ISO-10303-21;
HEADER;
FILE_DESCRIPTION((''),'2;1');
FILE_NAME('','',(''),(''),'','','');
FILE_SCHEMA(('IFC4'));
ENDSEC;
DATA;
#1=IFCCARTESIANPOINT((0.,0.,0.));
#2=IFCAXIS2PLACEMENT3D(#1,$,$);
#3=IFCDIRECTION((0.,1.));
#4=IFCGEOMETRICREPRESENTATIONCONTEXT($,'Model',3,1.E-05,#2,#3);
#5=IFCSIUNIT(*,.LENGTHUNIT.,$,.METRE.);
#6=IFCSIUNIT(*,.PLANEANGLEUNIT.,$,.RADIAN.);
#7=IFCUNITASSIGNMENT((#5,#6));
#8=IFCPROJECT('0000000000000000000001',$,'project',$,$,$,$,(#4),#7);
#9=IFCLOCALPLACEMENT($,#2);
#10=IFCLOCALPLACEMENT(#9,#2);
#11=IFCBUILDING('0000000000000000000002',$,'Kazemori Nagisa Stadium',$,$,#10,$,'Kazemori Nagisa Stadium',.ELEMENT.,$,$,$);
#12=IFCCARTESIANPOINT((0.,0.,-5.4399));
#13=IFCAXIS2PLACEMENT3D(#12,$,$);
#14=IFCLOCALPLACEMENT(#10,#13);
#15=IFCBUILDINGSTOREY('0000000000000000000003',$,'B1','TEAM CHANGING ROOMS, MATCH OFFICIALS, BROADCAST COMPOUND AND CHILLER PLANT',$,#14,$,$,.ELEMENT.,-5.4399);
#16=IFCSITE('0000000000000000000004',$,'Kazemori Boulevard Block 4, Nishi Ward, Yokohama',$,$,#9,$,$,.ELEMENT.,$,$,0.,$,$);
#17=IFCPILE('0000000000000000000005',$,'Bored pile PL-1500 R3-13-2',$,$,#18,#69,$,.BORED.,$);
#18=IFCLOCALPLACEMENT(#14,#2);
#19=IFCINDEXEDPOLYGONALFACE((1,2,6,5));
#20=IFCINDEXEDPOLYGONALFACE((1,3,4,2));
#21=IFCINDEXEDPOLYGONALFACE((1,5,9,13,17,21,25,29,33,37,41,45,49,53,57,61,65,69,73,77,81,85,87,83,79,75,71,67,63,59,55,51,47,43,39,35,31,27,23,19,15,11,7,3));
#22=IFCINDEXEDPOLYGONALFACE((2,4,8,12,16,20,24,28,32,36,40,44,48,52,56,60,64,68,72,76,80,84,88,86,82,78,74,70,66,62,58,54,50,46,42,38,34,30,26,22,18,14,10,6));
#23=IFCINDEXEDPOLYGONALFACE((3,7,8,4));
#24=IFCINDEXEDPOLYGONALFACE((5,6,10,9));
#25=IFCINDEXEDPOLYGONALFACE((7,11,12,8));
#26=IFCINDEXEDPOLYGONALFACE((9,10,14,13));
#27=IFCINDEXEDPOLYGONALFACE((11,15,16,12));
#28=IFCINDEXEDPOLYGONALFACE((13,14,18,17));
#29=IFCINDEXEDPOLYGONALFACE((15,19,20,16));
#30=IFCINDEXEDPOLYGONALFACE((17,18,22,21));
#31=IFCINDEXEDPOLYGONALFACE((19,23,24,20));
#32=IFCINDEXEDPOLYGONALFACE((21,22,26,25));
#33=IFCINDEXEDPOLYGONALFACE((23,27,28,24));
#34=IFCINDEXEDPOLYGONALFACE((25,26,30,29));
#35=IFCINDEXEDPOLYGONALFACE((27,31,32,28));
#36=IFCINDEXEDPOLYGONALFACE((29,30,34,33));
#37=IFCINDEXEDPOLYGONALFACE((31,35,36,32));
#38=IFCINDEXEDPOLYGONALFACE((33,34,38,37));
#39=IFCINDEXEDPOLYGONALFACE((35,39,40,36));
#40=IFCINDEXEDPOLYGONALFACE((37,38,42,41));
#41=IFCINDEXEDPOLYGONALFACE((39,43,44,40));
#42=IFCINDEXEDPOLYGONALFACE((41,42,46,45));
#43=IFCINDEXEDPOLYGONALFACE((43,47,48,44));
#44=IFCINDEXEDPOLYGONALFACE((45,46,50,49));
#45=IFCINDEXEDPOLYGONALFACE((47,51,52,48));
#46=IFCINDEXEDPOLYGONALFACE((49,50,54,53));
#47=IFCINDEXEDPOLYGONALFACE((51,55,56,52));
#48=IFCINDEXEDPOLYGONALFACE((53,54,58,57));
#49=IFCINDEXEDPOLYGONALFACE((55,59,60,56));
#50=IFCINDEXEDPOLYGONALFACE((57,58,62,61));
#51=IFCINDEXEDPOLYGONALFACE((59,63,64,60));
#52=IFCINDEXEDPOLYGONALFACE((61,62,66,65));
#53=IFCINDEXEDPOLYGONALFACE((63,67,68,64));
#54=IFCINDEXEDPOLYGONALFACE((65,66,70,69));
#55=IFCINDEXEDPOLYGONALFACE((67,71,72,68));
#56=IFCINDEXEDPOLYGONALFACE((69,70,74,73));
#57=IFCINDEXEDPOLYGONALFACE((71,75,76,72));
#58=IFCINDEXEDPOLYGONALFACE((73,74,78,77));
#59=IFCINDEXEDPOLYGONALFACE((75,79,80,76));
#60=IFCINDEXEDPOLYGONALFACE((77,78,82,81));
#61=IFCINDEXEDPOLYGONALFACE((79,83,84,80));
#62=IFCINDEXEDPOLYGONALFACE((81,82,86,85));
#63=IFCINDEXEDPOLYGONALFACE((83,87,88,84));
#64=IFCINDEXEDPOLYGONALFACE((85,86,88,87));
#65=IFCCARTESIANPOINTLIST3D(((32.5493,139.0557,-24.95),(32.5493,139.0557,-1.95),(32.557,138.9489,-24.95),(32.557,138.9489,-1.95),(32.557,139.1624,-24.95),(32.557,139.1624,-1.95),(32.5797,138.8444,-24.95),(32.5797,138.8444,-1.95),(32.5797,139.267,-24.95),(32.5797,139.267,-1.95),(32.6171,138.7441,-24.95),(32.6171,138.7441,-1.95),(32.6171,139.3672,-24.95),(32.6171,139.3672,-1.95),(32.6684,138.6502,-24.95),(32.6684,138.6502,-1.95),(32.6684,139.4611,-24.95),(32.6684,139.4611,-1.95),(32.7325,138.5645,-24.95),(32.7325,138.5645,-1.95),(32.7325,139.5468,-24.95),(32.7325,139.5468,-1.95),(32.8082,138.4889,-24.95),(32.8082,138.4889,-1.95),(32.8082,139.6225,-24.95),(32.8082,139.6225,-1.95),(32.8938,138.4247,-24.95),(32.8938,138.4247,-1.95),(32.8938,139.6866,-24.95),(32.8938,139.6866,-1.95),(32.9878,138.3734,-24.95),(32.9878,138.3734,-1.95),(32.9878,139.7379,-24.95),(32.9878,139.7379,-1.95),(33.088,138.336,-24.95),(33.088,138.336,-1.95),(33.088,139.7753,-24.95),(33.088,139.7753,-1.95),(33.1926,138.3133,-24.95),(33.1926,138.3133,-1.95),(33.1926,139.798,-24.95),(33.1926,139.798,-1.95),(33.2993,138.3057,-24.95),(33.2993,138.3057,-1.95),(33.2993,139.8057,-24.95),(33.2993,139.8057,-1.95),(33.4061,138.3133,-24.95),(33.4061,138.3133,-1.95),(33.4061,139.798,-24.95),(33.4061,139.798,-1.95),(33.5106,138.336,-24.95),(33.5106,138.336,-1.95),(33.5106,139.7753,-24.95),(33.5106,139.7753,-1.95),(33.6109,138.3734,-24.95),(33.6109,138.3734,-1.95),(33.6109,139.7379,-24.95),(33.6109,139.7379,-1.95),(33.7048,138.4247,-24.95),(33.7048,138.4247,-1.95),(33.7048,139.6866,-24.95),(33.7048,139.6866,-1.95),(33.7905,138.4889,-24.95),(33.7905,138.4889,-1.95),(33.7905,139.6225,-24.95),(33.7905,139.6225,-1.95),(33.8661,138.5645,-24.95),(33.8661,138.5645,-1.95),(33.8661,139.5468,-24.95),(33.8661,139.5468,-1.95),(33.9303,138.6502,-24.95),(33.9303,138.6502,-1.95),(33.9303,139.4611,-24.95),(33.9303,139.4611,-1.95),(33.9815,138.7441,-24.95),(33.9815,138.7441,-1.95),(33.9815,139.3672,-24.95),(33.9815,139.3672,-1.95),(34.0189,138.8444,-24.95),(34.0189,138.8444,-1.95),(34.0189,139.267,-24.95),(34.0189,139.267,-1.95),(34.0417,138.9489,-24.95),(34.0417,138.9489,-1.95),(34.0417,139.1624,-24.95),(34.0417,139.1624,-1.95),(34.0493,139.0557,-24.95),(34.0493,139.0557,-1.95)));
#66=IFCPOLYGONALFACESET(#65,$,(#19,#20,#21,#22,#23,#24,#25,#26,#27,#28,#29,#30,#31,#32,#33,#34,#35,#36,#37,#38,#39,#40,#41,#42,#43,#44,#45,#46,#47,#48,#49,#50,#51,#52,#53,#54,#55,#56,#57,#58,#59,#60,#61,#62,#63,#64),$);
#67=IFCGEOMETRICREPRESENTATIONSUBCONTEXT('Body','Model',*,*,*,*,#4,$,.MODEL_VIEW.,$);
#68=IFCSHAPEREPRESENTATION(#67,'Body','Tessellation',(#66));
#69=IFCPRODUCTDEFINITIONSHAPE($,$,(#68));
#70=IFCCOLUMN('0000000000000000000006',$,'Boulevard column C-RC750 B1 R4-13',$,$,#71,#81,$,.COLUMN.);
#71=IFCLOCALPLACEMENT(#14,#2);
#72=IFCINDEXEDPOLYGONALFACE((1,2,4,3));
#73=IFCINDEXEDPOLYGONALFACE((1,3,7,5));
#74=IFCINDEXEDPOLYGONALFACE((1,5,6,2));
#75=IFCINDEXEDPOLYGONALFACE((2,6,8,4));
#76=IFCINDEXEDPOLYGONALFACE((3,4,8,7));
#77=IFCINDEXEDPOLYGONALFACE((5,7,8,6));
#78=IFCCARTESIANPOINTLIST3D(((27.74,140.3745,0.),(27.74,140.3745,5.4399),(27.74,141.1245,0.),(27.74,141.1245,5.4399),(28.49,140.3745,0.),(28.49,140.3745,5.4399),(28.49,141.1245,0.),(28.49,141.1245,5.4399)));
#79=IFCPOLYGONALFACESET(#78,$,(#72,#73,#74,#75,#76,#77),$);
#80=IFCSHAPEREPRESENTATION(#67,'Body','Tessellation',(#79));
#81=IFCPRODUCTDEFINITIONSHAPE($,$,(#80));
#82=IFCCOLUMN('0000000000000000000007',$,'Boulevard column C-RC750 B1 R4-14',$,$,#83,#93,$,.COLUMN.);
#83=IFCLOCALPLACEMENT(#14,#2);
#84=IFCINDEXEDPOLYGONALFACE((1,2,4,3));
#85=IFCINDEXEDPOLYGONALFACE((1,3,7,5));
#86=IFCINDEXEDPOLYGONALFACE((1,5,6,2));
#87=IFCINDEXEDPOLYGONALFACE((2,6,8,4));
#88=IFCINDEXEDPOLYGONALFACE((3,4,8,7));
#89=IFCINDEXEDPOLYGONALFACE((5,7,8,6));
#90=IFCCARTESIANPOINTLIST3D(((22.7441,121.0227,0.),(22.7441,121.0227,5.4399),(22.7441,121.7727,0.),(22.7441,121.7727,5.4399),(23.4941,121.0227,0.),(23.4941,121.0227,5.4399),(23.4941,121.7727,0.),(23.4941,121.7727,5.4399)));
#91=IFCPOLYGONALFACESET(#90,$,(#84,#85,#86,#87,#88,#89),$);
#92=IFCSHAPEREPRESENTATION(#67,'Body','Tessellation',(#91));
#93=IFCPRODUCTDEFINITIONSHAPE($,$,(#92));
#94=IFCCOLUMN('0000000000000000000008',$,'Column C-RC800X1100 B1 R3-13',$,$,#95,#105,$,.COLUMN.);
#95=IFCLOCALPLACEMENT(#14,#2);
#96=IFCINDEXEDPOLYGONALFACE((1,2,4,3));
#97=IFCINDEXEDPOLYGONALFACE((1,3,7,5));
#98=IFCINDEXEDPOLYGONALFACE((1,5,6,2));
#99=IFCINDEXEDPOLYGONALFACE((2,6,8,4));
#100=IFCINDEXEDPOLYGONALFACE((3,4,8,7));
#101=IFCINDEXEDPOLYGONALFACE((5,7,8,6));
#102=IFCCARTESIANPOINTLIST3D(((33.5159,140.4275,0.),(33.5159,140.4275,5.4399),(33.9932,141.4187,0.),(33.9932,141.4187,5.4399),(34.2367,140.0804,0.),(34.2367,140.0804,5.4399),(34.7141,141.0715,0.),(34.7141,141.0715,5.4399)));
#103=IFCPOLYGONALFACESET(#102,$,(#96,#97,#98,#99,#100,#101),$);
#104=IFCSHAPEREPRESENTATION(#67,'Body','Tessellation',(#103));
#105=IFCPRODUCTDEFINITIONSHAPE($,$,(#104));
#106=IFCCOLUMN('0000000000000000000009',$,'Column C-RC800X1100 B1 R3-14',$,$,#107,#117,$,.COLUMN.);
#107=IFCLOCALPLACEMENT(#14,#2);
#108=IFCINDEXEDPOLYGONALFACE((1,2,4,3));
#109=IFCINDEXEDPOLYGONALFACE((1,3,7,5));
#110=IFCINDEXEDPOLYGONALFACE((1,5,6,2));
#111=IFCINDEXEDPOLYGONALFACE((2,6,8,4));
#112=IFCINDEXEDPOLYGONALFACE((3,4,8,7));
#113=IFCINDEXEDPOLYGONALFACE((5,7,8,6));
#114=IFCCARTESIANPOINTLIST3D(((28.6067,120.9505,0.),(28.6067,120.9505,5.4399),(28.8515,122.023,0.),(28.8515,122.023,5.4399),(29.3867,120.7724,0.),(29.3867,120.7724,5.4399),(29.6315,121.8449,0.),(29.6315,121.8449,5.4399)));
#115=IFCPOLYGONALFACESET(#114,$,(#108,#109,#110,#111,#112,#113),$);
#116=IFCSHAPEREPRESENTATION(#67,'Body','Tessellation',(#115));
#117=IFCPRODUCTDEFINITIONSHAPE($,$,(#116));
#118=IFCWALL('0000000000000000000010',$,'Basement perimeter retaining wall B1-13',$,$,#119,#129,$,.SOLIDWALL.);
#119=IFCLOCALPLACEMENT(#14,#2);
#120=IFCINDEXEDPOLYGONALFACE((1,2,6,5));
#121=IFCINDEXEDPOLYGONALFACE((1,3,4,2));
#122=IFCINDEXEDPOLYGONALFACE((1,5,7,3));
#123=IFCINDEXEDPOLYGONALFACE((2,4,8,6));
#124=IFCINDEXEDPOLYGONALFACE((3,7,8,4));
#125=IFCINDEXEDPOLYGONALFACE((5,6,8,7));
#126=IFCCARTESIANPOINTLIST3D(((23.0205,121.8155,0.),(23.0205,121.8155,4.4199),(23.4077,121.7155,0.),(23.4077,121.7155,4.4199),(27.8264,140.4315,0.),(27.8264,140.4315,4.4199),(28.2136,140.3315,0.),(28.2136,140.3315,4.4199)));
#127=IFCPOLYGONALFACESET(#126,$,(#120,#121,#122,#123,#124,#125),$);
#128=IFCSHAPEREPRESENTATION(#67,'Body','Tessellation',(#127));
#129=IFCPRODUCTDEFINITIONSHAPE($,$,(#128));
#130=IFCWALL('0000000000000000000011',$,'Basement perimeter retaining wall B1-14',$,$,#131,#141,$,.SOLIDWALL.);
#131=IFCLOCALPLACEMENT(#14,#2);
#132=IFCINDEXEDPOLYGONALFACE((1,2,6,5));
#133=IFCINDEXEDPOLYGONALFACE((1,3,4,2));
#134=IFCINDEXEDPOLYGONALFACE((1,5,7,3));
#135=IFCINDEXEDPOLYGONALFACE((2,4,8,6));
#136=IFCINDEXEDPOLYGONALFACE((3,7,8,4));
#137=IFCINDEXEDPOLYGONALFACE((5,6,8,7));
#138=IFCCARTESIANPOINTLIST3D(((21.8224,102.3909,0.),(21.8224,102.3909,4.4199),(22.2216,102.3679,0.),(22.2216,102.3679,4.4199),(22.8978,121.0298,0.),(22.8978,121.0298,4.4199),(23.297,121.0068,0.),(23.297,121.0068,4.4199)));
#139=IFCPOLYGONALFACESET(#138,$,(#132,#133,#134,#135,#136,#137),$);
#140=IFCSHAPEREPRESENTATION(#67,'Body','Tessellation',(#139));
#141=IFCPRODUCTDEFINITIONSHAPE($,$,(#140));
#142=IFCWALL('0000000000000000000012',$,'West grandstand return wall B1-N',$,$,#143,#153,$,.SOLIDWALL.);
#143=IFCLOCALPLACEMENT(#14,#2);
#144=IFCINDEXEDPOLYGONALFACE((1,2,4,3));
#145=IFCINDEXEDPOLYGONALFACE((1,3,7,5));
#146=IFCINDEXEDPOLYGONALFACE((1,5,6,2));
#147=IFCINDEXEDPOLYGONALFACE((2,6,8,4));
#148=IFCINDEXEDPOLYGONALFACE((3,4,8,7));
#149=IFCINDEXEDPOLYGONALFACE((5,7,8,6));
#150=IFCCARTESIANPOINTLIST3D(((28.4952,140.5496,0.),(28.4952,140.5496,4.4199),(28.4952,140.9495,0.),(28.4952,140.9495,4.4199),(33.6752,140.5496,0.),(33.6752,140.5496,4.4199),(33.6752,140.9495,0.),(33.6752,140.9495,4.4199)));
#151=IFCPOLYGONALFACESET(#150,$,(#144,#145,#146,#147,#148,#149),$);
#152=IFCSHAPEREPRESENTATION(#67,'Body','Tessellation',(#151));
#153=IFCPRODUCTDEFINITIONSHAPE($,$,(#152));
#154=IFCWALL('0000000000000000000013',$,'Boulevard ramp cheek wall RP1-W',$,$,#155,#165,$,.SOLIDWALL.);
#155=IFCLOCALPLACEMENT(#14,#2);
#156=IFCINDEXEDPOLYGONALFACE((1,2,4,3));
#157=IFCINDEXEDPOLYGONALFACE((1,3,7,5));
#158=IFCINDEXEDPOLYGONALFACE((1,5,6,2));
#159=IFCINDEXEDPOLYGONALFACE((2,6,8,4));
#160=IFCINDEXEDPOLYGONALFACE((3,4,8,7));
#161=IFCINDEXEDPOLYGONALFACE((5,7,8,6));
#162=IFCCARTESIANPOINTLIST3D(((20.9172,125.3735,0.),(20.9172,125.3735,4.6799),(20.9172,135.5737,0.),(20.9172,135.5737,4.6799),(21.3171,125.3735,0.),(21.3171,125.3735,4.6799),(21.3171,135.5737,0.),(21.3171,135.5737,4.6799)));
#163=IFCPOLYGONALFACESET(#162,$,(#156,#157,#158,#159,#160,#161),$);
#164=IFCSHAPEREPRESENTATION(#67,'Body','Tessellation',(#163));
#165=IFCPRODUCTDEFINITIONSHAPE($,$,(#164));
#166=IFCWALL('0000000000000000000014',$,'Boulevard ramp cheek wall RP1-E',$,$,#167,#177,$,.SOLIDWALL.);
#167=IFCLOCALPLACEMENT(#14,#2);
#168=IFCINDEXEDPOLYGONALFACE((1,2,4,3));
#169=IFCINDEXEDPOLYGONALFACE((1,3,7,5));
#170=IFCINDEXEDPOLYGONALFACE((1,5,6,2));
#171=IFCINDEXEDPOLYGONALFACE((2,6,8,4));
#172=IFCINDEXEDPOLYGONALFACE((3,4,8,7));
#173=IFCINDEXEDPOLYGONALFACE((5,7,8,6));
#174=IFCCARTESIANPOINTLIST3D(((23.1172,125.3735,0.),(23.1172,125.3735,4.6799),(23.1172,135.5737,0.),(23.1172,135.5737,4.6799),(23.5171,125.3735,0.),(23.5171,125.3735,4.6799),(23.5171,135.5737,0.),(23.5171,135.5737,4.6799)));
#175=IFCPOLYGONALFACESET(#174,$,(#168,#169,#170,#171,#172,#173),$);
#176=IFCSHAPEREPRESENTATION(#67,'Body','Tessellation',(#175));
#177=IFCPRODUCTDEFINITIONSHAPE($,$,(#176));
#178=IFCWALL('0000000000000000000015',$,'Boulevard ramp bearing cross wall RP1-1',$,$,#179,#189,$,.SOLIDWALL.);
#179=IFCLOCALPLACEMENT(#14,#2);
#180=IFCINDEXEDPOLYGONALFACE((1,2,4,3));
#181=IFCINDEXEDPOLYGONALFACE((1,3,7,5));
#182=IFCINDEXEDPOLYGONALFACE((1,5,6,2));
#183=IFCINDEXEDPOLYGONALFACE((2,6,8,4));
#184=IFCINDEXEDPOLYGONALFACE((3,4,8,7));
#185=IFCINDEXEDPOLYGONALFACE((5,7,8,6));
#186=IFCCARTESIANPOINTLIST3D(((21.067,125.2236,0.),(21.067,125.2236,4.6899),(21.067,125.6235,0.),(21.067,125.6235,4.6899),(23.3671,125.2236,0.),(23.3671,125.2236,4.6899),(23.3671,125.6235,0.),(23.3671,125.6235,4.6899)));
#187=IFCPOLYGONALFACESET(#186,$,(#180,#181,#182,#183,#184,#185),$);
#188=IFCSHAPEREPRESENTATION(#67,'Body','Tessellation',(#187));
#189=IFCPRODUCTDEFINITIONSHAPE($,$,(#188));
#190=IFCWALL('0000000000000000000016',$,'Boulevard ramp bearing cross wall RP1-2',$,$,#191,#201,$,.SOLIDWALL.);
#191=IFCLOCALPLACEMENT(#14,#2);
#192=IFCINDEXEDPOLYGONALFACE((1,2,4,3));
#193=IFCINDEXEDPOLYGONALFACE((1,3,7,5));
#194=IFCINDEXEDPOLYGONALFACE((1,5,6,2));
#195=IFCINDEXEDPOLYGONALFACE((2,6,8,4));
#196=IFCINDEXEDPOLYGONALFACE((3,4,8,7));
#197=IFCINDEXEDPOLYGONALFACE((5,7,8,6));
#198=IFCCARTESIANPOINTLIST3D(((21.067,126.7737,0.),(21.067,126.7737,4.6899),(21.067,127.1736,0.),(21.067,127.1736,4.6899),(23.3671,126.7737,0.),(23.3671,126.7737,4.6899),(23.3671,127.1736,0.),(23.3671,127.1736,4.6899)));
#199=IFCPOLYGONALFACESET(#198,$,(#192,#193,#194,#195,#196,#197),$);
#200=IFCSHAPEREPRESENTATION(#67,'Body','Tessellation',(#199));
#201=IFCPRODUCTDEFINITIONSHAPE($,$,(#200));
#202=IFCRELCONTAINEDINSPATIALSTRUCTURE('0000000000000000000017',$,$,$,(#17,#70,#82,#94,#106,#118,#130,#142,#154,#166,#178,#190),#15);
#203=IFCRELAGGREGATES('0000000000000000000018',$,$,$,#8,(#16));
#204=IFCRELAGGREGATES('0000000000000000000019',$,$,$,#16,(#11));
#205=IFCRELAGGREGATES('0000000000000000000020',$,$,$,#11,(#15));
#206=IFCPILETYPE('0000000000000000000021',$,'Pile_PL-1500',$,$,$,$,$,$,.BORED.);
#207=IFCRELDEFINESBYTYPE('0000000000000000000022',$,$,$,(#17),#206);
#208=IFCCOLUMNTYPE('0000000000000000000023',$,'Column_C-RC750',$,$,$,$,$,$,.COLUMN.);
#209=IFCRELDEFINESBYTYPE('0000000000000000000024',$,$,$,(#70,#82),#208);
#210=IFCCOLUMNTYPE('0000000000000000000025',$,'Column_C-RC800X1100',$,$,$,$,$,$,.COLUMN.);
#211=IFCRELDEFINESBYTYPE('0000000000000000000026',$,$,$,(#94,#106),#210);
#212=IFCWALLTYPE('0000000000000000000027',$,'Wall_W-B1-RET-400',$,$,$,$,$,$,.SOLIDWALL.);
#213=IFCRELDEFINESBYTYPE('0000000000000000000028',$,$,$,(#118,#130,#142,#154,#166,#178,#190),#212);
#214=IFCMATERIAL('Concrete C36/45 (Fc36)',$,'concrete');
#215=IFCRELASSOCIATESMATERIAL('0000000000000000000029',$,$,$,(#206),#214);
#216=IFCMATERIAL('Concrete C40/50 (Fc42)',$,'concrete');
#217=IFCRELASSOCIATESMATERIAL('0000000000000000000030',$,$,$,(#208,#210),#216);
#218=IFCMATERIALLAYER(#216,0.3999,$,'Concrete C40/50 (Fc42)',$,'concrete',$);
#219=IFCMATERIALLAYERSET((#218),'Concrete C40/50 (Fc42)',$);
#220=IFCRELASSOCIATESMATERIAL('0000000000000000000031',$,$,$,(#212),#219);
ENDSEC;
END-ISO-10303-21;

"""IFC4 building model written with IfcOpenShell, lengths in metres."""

from ifc_helpers import new_model, si_unit, direction, frame, frame_2d, origin, origin_2d, place, context, subcontext, project, spatial, rectangle, circle, extrude, material, layer, layer_set, material_profile, profile_set, type_object, element, save


model = new_model("IFC4")

# Units and contexts
model_context = context("Model", 3, precision=1e-05, world=origin(), true_north=direction((0.0, 1.0)))
body_context = subcontext(model_context, "Body", "Model", "MODEL_VIEW")
ifc_project = project(units=[si_unit("LENGTHUNIT", "METRE"), si_unit("PLANEANGLEUNIT", "RADIAN")], contexts=[model_context])

# Site, building, storey
site_placement = place(None, origin())
site = spatial("IfcSite", under=ifc_project, at=site_placement, Name="Kazemori Boulevard Block 4, Nishi Ward, Yokohama", CompositionType="ELEMENT", RefElevation=0.0)
building_placement = place(site_placement, origin())
building = spatial("IfcBuilding", under=site, at=building_placement, Name="Kazemori Nagisa Stadium", LongName="Kazemori Nagisa Stadium", CompositionType="ELEMENT")
storey_placement = place(building_placement, frame((0.0, 0.0, -5.4399)))
storey = spatial("IfcBuildingStorey", under=building, at=storey_placement, Name="B1", Description="TEAM CHANGING ROOMS, MATCH OFFICIALS, BROADCAST COMPOUND AND CHILLER PLANT", CompositionType="ELEMENT", Elevation=-5.4399)

# Shared definitions
ifc_material_1 = material(Name="Concrete C40/50 (Fc42)", Category="concrete")

# Pile
ifc_material_2 = material(Name="Concrete C36/45 (Fc36)", Category="concrete")
ifc_material_profile_1 = material_profile(ifc_material_2, circle(Radius=0.75, at=origin_2d()), Name="PILE-D1500")
ifc_profile_set_1 = profile_set([ifc_material_profile_1], Name="Concrete C36/45 (Fc36)")
pile_type_1 = type_object("IfcPileType", Name="Pile_PL-1500", PredefinedType="BORED", material=ifc_profile_set_1)
pile_placement = place(storey_placement, frame((33.2993, 139.0557, -1.95), z_axis=(0.0, 0.0, -1.0), x_axis=(1.0, 0.0, 0.0)))
element("IfcPile", 1, at=pile_placement, inside=storey, type_object=pile_type_1, Name="Bored pile PL-1500 R3-13-2", PredefinedType="BORED", context=body_context, shape_type="SweptSolid", body=[
    extrude(circle(Radius=0.75, at=origin_2d()), origin(), (0.0, 0.0, 1.0), 23.0),
])

# Columns
ifc_material_profile_2 = material_profile(ifc_material_1, rectangle(XDim=0.75, YDim=0.75, at=origin_2d()), Name="RC-COL-750x750")
ifc_profile_set_2 = profile_set([ifc_material_profile_2], Name="Concrete C40/50 (Fc42)")
column_type_1 = type_object("IfcColumnType", Name="Column_C-RC750", PredefinedType="COLUMN", material=ifc_profile_set_2)
for number, where, z_axis, x_axis, name in (
    (2, (28.115, 140.7495, 0.0), (0.0, 0.0, 1.0), (1.0, 0.0, 0.0), "Boulevard column C-RC750 B1 R4-13"),
    (3, (23.1191, 121.3977, 0.0), (0.0, 0.0, 1.0), (1.0, 0.0, 0.0), "Boulevard column C-RC750 B1 R4-14"),
):
    element("IfcColumn", number, at=place(storey_placement, frame(where, z_axis=z_axis, x_axis=x_axis)), inside=storey, type_object=column_type_1, Name=name, PredefinedType="COLUMN", context=body_context, shape_type="SweptSolid", body=[
        extrude(rectangle(XDim=0.75, YDim=0.75, at=origin_2d()), origin(), (0.0, 0.0, 1.0), 5.4399),
    ])
ifc_material_profile_3 = material_profile(ifc_material_1, rectangle(XDim=0.8, YDim=1.1001, at=origin_2d()), Name="RC-COL-800x1100")
ifc_profile_set_3 = profile_set([ifc_material_profile_3], Name="Concrete C40/50 (Fc42)")
column_type_2 = type_object("IfcColumnType", Name="Column_C-RC800X1100", PredefinedType="COLUMN", material=ifc_profile_set_3)
for number, where, z_axis, x_axis, name in (
    (4, (34.115, 140.7495, 0.0), (0.0, 0.0, 1.0), (-0.900969, 0.433884, 0.0), "Column C-RC800X1100 B1 R3-13"),
    (5, (29.1191, 121.3977, 0.0), (0.0, 0.0, 1.0), (-0.974928, 0.222521, 0.0), "Column C-RC800X1100 B1 R3-14"),
):
    element("IfcColumn", number, at=place(storey_placement, frame(where, z_axis=z_axis, x_axis=x_axis)), inside=storey, type_object=column_type_2, Name=name, PredefinedType="COLUMN", context=body_context, shape_type="SweptSolid", body=[
        extrude(rectangle(XDim=0.8, YDim=1.1001, at=origin_2d()), origin(), (0.0, 0.0, 1.0), 5.4399),
    ])

# Walls
ifc_layer = layer(ifc_material_1, 0.3999, Name="Concrete C40/50 (Fc42)", Category="concrete")
ifc_layer_set = layer_set([ifc_layer], Name="Concrete C40/50 (Fc42)")
wall_type = type_object("IfcWallType", Name="Wall_W-B1-RET-400", PredefinedType="SOLIDWALL", material=ifc_layer_set)
wall_1_placement = place(storey_placement, frame((28.02, 140.3816, 0.0), z_axis=(0.0, 0.0, 1.0), x_axis=(-0.249965, -0.968255, 0.0)))
element("IfcWall", 6, at=wall_1_placement, inside=storey, type_object=wall_type, Name="Basement perimeter retaining wall B1-13", PredefinedType="SOLIDWALL", context=body_context, shape_type="SweptSolid", body=[
    extrude(rectangle(XDim=19.2263, YDim=0.3999, at=frame_2d((9.6133, 0.0))), origin(), (0.0, 0.0, 1.0), 4.4199),
])
wall_2_placement = place(storey_placement, frame((23.0974, 121.0183, 0.0), z_axis=(0.0, 0.0, 1.0), x_axis=(-0.057603, -0.99834, 0.0)))
element("IfcWall", 7, at=wall_2_placement, inside=storey, type_object=wall_type, Name="Basement perimeter retaining wall B1-14", PredefinedType="SOLIDWALL", context=body_context, shape_type="SweptSolid", body=[
    extrude(rectangle(XDim=18.6699, YDim=0.3999, at=frame_2d((9.335, 0.0))), origin(), (0.0, 0.0, 1.0), 4.4199),
])
wall_3_placement = place(storey_placement, frame((33.675, 140.7495, 0.0), z_axis=(0.0, 0.0, 1.0), x_axis=(-1.0, 0.0, 0.0)))
element("IfcWall", 8, at=wall_3_placement, inside=storey, type_object=wall_type, Name="West grandstand return wall B1-N", PredefinedType="SOLIDWALL", context=body_context, shape_type="SweptSolid", body=[
    extrude(rectangle(XDim=5.1799, YDim=0.3999, at=frame_2d((2.5898, 0.0))), origin(), (0.0, 0.0, 1.0), 4.4199),
])
for number, where, z_axis, x_axis, name in (
    (9, (21.1172, 125.3735, 0.0), (0.0, 0.0, 1.0), (0.0, 1.0, 0.0), "Boulevard ramp cheek wall RP1-W"),
    (10, (23.3171, 125.3735, 0.0), (0.0, 0.0, 1.0), (0.0, 1.0, 0.0), "Boulevard ramp cheek wall RP1-E"),
):
    element("IfcWall", number, at=place(storey_placement, frame(where, z_axis=z_axis, x_axis=x_axis)), inside=storey, type_object=wall_type, Name=name, PredefinedType="SOLIDWALL", context=body_context, shape_type="SweptSolid", body=[
        extrude(rectangle(XDim=10.2002, YDim=0.3999, at=frame_2d((5.1001, 0.0))), origin(), (0.0, 0.0, 1.0), 4.6799),
    ])
for number, where, z_axis, x_axis, name in (
    (11, (21.0671, 125.4236, 0.0), (0.0, 0.0, 1.0), (1.0, 0.0, 0.0), "Boulevard ramp bearing cross wall RP1-1"),
    (12, (21.0671, 126.9736, 0.0), (0.0, 0.0, 1.0), (1.0, 0.0, 0.0), "Boulevard ramp bearing cross wall RP1-2"),
):
    element("IfcWall", number, at=place(storey_placement, frame(where, z_axis=z_axis, x_axis=x_axis)), inside=storey, type_object=wall_type, Name=name, PredefinedType="SOLIDWALL", context=body_context, shape_type="SweptSolid", body=[
        extrude(rectangle(XDim=2.3, YDim=0.3999, at=frame_2d((1.1499, 0.0))), origin(), (0.0, 0.0, 1.0), 4.6899),
    ])

save(model, "model.ifc")
